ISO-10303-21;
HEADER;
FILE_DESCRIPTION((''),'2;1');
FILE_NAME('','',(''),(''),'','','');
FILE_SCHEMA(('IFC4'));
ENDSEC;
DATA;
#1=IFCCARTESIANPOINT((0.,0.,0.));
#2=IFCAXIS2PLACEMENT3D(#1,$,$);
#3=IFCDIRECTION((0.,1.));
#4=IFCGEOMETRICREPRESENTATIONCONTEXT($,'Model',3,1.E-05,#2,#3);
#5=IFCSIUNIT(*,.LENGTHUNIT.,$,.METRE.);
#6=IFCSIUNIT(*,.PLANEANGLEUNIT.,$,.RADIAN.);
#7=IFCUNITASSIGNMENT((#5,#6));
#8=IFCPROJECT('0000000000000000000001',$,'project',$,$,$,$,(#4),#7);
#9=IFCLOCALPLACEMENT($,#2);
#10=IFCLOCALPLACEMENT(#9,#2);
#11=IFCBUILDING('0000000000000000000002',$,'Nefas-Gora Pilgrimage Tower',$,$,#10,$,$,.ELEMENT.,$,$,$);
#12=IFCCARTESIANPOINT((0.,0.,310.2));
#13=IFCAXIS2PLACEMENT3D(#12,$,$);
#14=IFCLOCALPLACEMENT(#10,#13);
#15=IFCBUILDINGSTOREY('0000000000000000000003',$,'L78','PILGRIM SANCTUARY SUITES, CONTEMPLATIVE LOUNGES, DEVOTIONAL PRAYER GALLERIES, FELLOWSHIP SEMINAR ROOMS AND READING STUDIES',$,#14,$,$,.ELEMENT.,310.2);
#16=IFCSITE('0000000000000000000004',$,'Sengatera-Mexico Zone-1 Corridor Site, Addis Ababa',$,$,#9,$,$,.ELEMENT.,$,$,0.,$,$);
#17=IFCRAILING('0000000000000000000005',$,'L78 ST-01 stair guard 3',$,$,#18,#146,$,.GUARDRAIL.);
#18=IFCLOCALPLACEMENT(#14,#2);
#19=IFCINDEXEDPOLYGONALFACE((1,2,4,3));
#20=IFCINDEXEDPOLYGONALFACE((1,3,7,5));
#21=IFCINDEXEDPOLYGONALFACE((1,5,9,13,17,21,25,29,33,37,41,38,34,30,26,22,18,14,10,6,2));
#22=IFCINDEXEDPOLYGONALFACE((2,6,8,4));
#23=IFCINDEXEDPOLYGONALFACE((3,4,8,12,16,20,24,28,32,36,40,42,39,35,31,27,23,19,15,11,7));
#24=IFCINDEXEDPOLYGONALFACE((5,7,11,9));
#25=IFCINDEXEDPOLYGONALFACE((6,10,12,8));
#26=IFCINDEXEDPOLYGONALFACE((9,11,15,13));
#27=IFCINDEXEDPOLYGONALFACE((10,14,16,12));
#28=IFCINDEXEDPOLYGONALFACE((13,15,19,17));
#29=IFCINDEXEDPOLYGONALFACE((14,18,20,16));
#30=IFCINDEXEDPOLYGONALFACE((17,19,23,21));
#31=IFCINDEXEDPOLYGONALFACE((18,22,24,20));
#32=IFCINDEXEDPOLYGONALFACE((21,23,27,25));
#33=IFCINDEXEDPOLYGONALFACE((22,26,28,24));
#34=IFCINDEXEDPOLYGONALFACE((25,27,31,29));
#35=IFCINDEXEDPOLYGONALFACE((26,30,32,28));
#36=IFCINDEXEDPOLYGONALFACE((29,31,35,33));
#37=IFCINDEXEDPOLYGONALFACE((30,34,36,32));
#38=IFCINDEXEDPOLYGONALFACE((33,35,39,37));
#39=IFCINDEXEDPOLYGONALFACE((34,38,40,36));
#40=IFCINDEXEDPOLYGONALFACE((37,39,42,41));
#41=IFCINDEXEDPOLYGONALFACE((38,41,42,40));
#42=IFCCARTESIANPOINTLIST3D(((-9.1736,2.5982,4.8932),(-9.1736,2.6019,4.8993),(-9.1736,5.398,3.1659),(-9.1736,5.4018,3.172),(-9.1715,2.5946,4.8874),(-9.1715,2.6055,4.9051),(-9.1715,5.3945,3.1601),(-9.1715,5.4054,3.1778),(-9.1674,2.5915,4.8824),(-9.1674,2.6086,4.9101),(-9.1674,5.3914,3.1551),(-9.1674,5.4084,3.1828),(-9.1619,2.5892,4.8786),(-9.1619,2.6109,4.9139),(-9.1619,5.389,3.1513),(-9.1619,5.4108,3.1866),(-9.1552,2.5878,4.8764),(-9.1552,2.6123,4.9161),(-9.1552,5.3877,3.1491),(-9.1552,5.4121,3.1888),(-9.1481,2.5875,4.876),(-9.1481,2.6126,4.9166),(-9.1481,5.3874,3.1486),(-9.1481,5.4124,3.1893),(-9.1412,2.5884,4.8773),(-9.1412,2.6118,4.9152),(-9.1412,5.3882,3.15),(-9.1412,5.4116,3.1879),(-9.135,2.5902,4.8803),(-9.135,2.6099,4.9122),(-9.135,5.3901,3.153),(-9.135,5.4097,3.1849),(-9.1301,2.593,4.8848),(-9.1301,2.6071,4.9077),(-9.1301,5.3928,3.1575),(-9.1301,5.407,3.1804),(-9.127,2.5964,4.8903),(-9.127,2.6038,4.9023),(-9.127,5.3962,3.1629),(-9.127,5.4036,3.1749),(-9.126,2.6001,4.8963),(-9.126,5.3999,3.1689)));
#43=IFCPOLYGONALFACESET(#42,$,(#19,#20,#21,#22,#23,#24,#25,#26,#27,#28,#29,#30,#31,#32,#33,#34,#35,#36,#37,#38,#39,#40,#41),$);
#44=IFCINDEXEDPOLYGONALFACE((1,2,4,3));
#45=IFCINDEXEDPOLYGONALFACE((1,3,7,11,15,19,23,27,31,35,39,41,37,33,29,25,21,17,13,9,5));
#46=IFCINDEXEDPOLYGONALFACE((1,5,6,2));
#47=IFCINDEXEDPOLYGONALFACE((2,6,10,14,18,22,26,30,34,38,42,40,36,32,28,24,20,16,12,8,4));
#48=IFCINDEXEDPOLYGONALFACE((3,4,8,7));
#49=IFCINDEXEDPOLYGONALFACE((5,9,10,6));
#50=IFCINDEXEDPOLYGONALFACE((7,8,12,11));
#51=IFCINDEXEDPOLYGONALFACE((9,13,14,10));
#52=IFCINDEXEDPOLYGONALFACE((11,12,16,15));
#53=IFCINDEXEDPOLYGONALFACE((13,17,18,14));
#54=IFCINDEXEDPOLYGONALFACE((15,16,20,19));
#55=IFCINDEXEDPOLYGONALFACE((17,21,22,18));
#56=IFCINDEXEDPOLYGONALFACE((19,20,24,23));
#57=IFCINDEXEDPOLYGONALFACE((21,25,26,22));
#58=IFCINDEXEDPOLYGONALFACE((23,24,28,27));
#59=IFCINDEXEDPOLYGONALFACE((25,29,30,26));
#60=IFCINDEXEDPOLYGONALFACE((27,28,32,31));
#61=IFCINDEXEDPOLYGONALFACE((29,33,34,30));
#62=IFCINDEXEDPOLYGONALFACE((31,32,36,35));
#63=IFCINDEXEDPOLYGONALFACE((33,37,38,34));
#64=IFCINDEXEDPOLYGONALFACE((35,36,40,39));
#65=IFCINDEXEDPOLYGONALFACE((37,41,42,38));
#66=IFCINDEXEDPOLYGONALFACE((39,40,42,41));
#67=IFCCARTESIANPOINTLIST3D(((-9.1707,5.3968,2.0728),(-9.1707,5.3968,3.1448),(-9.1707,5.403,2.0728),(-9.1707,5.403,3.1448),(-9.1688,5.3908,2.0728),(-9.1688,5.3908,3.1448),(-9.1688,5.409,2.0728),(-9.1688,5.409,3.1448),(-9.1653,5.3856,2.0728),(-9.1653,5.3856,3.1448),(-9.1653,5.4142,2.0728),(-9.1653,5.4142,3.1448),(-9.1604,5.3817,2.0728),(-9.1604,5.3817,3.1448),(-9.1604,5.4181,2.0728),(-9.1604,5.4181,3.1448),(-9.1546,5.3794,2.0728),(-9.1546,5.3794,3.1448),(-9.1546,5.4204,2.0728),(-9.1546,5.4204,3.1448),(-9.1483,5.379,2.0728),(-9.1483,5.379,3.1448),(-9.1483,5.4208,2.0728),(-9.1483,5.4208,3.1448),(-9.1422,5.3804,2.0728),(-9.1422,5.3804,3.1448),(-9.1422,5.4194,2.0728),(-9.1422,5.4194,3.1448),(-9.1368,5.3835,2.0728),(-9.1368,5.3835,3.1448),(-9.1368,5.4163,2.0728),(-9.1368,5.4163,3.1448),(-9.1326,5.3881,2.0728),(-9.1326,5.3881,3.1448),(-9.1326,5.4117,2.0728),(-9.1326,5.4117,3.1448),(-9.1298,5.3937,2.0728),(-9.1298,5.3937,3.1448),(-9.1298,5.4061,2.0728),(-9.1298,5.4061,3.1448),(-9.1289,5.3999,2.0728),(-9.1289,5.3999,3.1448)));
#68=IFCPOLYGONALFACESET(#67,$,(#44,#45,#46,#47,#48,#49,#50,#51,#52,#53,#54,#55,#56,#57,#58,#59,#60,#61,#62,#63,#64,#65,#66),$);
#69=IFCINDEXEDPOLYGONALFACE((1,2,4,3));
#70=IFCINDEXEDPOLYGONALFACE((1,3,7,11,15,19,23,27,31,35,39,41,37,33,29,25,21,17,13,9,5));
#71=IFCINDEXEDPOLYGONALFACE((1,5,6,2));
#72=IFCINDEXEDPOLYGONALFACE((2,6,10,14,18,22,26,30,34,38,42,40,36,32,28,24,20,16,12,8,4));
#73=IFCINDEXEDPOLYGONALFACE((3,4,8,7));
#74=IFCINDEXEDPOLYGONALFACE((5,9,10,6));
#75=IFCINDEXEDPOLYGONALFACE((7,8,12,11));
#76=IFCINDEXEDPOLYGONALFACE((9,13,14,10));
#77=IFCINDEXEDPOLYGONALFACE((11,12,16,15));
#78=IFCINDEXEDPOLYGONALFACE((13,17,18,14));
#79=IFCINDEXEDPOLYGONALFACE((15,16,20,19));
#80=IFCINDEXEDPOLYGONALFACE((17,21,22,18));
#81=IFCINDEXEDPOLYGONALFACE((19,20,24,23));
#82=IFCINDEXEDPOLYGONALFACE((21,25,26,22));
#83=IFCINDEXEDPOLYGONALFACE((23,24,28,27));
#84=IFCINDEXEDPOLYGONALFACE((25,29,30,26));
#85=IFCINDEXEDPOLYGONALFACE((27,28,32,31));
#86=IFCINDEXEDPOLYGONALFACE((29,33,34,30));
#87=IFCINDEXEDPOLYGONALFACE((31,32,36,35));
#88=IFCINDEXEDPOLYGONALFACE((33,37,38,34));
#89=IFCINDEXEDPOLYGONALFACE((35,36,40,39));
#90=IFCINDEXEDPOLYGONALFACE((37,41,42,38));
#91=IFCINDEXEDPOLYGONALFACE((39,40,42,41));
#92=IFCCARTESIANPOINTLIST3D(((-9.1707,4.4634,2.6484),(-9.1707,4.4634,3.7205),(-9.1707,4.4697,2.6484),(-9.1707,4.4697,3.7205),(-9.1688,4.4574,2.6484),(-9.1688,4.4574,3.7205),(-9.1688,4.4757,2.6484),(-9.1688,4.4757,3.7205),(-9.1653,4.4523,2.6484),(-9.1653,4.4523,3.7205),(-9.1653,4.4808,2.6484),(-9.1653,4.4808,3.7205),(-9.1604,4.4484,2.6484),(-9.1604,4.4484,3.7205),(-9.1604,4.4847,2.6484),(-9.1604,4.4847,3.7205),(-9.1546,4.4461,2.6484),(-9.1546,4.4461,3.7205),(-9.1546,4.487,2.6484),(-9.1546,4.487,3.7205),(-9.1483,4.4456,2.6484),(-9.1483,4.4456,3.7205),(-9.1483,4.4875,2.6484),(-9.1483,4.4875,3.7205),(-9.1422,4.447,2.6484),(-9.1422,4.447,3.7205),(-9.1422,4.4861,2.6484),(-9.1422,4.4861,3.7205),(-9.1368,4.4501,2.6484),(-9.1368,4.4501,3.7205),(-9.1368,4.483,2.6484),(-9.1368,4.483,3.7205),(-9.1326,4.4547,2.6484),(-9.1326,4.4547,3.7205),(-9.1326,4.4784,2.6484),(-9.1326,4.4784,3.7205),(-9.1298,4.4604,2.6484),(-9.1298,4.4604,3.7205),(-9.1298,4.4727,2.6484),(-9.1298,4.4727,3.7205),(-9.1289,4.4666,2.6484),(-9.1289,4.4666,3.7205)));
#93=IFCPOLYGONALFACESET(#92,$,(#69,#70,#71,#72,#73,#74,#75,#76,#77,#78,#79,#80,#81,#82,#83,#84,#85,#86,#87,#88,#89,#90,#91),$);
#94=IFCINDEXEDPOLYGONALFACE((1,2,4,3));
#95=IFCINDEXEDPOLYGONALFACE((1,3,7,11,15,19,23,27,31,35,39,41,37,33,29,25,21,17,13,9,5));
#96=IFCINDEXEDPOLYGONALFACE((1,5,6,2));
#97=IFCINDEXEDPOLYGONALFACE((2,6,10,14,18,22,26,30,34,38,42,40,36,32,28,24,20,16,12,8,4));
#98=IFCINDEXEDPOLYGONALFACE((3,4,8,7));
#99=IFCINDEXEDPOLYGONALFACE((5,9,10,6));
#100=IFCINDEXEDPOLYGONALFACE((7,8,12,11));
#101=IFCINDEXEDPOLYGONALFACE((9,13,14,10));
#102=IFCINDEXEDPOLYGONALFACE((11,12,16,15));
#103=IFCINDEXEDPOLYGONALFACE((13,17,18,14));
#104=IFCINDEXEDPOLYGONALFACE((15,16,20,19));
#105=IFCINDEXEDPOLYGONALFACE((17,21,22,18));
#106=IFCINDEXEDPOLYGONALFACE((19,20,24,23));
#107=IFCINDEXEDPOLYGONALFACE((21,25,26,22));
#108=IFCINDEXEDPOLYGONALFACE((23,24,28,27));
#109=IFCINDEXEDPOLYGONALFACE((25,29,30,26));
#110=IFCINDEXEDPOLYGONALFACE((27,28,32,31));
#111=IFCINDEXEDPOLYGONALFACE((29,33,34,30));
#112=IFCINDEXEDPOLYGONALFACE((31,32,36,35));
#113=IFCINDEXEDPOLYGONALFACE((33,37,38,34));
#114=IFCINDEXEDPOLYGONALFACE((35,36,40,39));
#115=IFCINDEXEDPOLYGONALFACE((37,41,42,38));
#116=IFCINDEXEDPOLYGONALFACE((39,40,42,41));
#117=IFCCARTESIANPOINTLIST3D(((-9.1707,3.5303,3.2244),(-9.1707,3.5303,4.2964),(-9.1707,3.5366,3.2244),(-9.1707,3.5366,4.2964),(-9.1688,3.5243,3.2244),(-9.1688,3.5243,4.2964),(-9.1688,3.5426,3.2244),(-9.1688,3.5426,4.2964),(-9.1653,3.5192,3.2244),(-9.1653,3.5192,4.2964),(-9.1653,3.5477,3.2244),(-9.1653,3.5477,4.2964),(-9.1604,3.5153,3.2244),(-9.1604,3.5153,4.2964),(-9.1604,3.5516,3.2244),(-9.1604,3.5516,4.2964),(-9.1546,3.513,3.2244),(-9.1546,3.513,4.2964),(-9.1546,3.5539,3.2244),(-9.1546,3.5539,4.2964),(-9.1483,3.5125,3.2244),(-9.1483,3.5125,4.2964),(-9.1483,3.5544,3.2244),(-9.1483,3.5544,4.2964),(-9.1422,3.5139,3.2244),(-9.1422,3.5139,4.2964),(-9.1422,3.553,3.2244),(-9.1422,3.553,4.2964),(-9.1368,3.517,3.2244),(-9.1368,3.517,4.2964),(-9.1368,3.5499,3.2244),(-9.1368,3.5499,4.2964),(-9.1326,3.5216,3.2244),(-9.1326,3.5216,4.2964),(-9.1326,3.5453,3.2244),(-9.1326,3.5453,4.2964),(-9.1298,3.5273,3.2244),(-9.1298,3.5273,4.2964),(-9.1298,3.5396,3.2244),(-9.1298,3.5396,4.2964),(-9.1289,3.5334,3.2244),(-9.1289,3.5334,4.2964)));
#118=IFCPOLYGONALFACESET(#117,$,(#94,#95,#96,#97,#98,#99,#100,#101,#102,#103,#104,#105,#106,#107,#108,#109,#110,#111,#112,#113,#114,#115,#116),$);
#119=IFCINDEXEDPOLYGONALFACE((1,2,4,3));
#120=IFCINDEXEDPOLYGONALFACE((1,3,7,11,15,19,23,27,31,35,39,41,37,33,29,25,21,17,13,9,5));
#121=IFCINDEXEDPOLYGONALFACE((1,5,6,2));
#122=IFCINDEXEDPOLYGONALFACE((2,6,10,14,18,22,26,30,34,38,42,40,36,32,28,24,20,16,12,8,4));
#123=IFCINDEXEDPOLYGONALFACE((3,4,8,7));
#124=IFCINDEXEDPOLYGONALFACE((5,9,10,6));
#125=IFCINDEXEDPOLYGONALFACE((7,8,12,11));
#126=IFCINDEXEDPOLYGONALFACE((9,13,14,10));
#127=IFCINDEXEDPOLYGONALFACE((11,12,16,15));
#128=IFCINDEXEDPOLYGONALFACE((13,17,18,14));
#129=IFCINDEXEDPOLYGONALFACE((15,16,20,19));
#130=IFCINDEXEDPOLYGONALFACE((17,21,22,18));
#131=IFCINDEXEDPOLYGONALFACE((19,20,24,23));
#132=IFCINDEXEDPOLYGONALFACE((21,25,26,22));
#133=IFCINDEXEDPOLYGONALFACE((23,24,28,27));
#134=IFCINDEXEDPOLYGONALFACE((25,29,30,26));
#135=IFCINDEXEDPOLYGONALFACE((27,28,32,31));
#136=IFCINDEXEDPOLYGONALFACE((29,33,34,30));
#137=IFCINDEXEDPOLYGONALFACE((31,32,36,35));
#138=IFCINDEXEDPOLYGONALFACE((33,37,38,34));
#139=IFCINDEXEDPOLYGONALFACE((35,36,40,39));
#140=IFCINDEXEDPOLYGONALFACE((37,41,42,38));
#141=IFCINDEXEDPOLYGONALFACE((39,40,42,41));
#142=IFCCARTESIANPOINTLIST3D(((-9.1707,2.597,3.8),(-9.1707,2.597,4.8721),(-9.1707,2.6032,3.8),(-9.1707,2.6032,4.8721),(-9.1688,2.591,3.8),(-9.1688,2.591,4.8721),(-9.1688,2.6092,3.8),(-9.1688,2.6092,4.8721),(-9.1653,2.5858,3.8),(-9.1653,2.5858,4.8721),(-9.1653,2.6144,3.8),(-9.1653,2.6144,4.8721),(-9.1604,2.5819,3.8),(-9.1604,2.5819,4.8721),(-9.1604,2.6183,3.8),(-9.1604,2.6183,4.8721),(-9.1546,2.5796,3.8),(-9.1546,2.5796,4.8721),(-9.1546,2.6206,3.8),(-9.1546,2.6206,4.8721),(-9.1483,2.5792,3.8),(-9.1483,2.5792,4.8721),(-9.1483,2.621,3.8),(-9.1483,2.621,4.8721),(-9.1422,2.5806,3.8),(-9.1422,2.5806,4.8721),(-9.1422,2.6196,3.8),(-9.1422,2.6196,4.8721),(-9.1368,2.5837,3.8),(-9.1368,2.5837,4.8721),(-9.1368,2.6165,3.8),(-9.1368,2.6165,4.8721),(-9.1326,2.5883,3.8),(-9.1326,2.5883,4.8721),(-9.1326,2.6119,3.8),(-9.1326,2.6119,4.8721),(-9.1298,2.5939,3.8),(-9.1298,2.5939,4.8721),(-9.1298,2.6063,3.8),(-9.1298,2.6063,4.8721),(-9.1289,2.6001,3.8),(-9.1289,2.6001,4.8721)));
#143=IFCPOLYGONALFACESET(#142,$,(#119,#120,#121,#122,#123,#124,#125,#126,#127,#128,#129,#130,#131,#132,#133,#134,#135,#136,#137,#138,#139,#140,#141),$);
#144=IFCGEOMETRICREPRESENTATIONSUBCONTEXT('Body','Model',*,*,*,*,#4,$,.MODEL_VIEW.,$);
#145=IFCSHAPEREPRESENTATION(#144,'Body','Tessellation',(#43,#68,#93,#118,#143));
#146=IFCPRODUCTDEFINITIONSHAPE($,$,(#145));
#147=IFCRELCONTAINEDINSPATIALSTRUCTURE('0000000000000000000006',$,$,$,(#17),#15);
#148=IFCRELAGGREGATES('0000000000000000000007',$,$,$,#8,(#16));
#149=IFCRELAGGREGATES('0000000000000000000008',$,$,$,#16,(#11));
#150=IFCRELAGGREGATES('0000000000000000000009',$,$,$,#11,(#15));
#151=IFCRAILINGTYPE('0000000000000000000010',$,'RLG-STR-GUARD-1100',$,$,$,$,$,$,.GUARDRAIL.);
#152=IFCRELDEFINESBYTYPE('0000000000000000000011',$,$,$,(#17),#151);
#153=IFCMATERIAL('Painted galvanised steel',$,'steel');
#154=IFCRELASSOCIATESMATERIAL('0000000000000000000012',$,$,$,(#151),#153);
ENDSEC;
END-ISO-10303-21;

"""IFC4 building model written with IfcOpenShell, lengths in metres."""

from ifc_helpers import new_model, si_unit, direction, frame, origin, origin_2d, place, context, subcontext, project, spatial, circle, extrude, material, type_object, element, save


model = new_model("IFC4")

# Units and contexts
model_context = context("Model", 3, precision=1e-05, world=origin(), true_north=direction((0.0, 1.0)))
body_context = subcontext(model_context, "Body", "Model", "MODEL_VIEW")
ifc_project = project(units=[si_unit("LENGTHUNIT", "METRE"), si_unit("PLANEANGLEUNIT", "RADIAN")], contexts=[model_context])

# Site, building, storey
site_placement = place(None, origin())
site = spatial("IfcSite", under=ifc_project, at=site_placement, Name="Sengatera-Mexico Zone-1 Corridor Site, Addis Ababa", CompositionType="ELEMENT", RefElevation=0.0)
building_placement = place(site_placement, origin())
building = spatial("IfcBuilding", under=site, at=building_placement, Name="Nefas-Gora Pilgrimage Tower", CompositionType="ELEMENT")
storey_placement = place(building_placement, frame((0.0, 0.0, 310.2)))
storey = spatial("IfcBuildingStorey", under=building, at=storey_placement, Name="L78", Description="PILGRIM SANCTUARY SUITES, CONTEMPLATIVE LOUNGES, DEVOTIONAL PRAYER GALLERIES, FELLOWSHIP SEMINAR ROOMS AND READING STUDIES", CompositionType="ELEMENT", Elevation=310.2)

# Railing
ifc_material_1 = material(Name="Painted galvanised steel", Category="steel")
railing_type_1 = type_object("IfcRailingType", Name="RLG-STR-GUARD-1100", PredefinedType="GUARDRAIL", material=ifc_material_1)
railing_1_placement = place(storey_placement, frame((-9.1499, 5.3999, 2.0728)))
element("IfcRailing", 1, at=railing_1_placement, inside=storey, type_object=railing_type_1, Name="L78 ST-01 stair guard 3", PredefinedType="GUARDRAIL", context=body_context, shape_type="SweptSolid", body=[
    extrude(circle(Radius=0.0239, at=origin_2d()), frame((0.0, 0.0, 1.0962), z_axis=(0.0, -0.851069, 0.525054), x_axis=(1.0, 0.0, 0.0)), (0.0, 0.0, 1.0), 3.2898),
    extrude(circle(Radius=0.021, at=origin_2d()), origin(), (0.0, 0.0, 1.0), 1.072),
    extrude(circle(Radius=0.021, at=origin_2d()), frame((0.0, -0.9333, 0.5757)), (0.0, 0.0, 1.0), 1.072),
    extrude(circle(Radius=0.021, at=origin_2d()), frame((0.0, -1.8665, 1.1516)), (0.0, 0.0, 1.0), 1.072),
    extrude(circle(Radius=0.021, at=origin_2d()), frame((0.0, -2.7998, 1.7273)), (0.0, 0.0, 1.0), 1.072),
])

save(model, "model.ifc")
